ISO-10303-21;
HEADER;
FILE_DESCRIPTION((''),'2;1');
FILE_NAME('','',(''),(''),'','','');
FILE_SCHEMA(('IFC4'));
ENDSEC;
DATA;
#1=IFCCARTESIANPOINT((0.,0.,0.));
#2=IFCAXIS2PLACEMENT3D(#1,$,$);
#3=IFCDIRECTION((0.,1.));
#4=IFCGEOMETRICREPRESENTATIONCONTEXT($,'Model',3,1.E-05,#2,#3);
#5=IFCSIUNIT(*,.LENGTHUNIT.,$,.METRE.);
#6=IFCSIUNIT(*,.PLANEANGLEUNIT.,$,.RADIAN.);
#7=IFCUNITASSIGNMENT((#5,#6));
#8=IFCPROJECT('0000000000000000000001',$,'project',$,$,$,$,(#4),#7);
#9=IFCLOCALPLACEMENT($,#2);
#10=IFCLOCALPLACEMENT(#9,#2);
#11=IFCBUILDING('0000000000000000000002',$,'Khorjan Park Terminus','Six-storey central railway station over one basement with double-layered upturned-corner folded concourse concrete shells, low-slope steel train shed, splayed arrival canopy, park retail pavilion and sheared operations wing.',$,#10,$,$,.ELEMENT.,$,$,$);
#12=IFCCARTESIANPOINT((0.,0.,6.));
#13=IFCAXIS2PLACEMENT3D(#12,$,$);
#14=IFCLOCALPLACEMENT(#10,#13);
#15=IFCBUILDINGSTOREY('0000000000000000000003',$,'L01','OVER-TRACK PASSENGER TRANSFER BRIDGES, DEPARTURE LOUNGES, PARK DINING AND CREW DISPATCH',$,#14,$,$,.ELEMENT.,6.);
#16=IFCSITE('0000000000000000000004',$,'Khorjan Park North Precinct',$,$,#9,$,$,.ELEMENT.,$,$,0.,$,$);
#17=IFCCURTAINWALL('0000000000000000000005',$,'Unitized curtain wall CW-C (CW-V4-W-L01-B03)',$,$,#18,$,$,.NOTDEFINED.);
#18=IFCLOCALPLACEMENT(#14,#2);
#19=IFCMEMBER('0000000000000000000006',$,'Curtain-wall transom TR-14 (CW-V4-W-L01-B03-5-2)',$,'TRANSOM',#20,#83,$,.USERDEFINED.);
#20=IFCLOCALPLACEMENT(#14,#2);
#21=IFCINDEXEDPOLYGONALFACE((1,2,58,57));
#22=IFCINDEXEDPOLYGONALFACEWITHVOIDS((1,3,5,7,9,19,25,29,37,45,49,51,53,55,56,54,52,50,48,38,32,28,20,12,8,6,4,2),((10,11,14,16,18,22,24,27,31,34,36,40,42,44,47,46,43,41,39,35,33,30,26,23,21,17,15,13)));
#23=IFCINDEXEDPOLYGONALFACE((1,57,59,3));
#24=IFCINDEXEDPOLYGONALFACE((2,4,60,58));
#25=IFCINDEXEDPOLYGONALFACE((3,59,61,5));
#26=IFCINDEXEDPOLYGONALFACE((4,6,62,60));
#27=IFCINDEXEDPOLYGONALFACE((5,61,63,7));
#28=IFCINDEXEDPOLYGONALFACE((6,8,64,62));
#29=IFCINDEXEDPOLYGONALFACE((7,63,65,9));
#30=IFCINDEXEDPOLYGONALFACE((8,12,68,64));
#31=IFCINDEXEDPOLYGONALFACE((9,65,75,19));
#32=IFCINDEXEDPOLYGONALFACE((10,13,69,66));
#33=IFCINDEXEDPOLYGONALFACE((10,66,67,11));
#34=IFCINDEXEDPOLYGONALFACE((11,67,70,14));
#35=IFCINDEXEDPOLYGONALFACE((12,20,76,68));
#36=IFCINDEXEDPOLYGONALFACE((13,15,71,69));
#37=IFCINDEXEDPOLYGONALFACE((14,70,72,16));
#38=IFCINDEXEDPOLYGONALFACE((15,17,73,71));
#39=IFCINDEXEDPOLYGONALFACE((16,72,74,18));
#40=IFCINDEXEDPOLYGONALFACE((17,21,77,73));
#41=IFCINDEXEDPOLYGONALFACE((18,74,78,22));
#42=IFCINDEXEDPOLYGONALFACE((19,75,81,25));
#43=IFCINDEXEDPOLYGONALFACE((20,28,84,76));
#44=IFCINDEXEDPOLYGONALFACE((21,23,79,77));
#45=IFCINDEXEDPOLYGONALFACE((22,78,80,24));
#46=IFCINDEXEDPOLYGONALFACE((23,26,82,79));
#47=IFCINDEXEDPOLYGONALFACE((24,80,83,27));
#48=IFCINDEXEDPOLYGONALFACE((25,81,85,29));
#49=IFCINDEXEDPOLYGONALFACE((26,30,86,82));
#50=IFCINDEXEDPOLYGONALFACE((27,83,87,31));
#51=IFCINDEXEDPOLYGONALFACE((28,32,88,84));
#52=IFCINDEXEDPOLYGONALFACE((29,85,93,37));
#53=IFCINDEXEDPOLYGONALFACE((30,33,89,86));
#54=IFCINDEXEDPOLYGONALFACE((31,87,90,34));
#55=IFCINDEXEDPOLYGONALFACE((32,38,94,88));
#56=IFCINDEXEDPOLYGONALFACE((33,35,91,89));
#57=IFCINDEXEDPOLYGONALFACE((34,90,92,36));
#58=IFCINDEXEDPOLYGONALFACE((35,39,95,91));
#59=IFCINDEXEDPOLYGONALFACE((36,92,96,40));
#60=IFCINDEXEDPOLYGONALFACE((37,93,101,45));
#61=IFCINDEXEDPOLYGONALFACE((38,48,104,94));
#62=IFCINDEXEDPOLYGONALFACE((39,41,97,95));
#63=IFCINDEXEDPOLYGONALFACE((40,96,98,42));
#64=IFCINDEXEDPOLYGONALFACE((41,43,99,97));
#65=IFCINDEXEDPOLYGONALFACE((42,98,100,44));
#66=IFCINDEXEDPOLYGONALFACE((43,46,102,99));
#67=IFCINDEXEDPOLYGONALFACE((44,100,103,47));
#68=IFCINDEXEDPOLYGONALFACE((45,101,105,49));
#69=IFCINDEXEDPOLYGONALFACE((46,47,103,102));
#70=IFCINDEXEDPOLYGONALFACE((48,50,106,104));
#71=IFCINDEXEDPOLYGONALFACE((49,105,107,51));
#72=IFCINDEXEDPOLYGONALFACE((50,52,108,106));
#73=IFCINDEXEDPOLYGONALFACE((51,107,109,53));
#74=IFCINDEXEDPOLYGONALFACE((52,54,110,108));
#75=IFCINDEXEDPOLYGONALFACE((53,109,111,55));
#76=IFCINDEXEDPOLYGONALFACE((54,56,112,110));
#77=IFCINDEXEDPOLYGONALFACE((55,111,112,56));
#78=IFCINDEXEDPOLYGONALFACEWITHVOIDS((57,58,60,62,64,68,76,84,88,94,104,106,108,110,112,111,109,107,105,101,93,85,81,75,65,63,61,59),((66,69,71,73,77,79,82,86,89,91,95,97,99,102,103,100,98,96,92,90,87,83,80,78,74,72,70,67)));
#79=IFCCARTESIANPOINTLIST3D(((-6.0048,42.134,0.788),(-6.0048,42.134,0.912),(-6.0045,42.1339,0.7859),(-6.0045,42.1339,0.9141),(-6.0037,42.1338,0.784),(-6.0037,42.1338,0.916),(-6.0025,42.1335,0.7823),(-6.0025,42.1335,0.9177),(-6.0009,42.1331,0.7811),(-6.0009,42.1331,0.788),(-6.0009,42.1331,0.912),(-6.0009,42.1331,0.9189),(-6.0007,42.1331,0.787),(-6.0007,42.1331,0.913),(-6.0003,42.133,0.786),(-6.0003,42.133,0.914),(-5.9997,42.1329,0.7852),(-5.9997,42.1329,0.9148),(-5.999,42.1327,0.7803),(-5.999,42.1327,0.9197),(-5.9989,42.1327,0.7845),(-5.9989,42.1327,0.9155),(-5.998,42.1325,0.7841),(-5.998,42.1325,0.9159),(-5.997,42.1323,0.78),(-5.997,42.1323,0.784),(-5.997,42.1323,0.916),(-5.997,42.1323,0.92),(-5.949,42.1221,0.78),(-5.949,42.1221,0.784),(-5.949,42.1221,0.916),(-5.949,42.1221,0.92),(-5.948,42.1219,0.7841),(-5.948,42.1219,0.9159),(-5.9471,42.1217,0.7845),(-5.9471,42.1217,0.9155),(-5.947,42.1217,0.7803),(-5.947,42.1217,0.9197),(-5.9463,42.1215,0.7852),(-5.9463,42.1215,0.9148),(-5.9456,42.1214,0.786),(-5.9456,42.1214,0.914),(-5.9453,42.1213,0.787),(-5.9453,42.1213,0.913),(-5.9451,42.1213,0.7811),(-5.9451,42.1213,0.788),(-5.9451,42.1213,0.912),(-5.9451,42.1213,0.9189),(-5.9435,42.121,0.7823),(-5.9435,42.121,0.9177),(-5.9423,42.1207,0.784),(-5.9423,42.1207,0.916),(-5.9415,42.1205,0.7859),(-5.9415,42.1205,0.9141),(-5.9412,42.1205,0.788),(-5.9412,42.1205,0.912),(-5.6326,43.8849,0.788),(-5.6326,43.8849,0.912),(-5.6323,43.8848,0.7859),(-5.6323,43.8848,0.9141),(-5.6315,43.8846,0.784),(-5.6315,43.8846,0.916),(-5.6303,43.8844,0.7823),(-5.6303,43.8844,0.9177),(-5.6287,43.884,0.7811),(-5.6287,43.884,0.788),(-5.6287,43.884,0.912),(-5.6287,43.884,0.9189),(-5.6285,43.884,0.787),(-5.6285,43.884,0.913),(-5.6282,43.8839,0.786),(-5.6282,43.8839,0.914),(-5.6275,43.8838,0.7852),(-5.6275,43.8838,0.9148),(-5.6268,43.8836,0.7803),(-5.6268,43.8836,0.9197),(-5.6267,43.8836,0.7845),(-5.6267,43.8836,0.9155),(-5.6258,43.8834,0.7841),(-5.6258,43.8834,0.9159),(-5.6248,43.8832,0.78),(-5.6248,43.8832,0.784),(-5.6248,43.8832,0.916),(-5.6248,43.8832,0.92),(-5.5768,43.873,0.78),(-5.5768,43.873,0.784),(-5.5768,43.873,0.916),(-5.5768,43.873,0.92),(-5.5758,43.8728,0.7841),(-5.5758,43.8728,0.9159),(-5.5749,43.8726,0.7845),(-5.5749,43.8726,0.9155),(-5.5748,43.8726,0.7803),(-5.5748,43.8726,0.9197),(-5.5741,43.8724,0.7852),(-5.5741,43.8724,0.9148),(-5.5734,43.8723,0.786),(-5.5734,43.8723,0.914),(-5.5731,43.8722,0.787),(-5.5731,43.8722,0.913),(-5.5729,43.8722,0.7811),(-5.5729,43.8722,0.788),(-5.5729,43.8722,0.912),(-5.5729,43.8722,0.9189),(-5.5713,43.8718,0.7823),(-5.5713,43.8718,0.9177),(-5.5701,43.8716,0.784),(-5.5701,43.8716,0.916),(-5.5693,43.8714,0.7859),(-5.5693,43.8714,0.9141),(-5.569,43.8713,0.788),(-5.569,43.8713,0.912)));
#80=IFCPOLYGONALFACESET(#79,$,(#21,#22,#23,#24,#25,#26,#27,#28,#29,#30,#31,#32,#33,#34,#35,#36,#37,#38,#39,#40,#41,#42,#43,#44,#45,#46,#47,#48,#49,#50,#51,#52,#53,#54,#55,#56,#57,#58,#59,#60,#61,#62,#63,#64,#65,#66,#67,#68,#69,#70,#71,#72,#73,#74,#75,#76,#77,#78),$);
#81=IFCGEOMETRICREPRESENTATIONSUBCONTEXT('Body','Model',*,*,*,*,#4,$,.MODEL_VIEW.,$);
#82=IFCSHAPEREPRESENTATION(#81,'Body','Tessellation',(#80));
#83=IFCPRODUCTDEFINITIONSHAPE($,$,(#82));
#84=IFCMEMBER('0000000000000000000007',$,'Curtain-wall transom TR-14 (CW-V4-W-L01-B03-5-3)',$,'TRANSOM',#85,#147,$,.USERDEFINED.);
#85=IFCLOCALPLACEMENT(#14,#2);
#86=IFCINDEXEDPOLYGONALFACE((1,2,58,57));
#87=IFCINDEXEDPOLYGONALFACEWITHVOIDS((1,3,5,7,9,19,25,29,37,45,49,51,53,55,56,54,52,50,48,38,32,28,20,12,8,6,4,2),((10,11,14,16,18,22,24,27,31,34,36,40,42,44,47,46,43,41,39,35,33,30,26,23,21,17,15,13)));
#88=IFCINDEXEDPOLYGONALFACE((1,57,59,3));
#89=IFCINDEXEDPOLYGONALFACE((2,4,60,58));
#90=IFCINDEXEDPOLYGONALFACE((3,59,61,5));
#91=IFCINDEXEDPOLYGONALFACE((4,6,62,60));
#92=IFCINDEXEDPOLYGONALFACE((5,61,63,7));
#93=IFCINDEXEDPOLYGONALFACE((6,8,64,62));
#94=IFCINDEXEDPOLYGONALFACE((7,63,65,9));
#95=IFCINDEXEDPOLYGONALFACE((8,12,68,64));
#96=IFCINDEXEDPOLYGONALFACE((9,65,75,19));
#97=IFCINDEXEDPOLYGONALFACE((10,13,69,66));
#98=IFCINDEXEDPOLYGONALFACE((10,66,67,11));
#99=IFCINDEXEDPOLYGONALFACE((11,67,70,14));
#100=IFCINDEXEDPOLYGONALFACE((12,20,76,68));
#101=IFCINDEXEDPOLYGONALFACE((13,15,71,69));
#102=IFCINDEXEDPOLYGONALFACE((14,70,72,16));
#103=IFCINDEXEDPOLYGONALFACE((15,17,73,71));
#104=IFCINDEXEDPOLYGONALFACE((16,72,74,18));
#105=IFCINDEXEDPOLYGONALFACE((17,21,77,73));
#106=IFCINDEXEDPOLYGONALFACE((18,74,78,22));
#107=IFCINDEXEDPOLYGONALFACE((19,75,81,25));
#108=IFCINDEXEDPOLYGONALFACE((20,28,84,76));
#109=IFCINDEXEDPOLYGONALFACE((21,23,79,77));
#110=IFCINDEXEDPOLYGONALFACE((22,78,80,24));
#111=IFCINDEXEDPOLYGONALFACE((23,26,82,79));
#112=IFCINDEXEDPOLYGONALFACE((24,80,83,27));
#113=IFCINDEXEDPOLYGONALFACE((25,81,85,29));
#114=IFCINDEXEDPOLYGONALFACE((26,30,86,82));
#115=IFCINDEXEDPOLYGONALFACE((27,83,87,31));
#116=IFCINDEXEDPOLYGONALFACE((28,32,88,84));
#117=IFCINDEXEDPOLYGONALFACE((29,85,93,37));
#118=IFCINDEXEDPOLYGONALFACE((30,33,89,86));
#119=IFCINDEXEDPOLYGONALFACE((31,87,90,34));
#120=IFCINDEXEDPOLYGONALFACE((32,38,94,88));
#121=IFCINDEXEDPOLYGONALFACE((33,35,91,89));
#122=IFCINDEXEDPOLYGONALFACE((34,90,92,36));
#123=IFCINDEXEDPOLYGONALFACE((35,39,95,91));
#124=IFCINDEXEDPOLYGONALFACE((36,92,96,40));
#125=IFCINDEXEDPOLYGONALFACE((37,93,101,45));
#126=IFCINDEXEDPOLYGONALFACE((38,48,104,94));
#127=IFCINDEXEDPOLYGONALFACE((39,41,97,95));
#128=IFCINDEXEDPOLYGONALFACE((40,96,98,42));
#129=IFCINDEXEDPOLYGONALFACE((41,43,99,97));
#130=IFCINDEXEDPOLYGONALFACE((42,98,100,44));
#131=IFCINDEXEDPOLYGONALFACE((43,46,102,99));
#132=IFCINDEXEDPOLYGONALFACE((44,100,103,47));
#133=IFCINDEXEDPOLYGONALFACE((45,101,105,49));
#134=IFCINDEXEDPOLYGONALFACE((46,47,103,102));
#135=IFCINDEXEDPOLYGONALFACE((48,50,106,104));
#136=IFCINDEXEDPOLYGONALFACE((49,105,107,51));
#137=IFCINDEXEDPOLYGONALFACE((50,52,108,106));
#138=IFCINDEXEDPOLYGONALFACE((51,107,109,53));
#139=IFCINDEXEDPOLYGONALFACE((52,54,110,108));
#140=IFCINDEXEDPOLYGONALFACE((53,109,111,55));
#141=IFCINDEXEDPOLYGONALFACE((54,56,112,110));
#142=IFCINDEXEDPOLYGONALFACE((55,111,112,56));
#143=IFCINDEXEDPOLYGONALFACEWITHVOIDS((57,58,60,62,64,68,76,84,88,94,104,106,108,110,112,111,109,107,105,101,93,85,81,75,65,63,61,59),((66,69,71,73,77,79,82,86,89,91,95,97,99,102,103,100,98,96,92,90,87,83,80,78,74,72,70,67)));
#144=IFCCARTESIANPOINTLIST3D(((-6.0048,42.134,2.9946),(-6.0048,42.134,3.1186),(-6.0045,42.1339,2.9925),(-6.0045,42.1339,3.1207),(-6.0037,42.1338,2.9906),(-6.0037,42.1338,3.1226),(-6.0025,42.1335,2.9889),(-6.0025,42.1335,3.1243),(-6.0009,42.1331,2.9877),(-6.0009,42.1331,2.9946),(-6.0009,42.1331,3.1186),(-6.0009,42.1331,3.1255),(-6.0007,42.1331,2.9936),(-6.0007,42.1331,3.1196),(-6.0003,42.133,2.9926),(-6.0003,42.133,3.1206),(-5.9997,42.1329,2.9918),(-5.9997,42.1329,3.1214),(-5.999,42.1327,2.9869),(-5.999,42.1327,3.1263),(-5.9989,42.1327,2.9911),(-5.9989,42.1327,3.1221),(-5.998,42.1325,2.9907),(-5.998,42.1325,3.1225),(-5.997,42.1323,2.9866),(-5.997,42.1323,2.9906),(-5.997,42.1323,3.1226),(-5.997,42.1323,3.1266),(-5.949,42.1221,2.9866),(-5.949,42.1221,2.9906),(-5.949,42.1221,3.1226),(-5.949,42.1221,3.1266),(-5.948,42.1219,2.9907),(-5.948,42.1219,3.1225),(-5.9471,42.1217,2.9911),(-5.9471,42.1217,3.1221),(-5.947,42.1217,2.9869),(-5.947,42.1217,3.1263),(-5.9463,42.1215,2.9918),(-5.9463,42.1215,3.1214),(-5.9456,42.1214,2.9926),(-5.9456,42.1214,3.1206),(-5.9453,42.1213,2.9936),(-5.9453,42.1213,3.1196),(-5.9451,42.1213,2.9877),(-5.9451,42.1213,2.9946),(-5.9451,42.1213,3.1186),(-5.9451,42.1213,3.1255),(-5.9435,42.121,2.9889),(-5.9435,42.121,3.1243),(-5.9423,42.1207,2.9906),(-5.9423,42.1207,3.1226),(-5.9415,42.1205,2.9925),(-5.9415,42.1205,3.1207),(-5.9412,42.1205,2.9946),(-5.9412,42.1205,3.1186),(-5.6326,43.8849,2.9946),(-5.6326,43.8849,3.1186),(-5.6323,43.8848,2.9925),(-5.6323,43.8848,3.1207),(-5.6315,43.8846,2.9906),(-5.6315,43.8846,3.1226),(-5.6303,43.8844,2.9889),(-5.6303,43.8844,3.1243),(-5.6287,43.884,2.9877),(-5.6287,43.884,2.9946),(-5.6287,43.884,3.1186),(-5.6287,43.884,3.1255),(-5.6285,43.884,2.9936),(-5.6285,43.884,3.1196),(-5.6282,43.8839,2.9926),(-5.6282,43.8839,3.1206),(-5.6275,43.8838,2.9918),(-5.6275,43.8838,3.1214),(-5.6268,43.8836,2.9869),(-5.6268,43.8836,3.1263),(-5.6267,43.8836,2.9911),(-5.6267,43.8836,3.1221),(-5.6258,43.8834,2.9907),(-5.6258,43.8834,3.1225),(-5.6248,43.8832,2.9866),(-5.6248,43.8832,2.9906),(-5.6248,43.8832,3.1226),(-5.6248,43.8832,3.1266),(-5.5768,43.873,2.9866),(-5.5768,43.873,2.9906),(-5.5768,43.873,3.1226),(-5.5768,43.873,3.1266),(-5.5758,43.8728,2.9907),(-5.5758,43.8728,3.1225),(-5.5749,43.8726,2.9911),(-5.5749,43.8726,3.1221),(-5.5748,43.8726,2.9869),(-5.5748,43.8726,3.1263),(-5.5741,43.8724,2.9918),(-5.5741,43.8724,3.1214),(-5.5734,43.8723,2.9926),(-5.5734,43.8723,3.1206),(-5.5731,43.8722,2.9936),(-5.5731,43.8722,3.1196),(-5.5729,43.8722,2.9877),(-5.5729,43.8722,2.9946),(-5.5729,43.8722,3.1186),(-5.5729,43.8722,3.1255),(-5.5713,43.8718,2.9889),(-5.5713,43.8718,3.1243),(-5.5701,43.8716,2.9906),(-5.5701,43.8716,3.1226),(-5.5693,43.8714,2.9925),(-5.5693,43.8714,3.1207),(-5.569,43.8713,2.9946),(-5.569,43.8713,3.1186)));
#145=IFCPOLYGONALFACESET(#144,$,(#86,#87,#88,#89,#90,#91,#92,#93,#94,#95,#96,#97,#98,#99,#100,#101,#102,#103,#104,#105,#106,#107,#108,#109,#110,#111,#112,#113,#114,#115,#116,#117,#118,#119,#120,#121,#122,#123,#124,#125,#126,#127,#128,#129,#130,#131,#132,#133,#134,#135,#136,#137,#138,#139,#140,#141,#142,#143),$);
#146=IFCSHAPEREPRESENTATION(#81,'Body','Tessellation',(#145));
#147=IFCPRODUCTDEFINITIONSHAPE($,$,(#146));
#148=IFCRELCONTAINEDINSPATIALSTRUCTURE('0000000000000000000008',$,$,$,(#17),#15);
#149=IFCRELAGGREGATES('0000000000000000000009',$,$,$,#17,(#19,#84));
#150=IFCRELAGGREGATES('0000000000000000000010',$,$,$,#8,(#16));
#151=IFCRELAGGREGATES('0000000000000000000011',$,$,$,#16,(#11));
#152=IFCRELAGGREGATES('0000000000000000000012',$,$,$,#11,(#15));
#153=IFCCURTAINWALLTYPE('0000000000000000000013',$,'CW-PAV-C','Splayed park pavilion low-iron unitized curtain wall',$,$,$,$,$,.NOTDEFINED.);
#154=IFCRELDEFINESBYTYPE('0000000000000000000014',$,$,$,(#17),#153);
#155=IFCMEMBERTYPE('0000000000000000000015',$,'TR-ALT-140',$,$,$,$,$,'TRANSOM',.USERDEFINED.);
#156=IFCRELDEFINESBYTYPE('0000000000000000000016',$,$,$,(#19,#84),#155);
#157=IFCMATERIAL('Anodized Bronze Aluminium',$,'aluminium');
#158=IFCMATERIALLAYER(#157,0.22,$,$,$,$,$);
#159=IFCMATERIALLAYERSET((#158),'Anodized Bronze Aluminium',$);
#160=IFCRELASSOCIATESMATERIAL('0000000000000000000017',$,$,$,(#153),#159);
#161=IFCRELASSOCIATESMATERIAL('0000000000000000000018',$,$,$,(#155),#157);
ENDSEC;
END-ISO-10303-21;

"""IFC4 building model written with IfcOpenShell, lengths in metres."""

from ifc_helpers import new_model, si_unit, direction, frame, origin, origin_2d, place, context, subcontext, project, spatial, hollow_rectangle, extrude, material, layer, layer_set, material_profile, profile_set, type_object, element, aggregate, save


model = new_model("IFC4")

# Units and contexts
model_context = context("Model", 3, precision=1e-05, world=origin(), true_north=direction((0.0, 1.0)))
body_context = subcontext(model_context, "Body", "Model", "MODEL_VIEW")
ifc_project = project(units=[si_unit("LENGTHUNIT", "METRE"), si_unit("PLANEANGLEUNIT", "RADIAN")], contexts=[model_context])

# Site, building, storey
site_placement = place(None, origin())
site = spatial("IfcSite", under=ifc_project, at=site_placement, Name="Khorjan Park North Precinct", CompositionType="ELEMENT", RefElevation=0.0)
building_placement = place(site_placement, origin())
building = spatial("IfcBuilding", under=site, at=building_placement, Name="Khorjan Park Terminus", Description="Six-storey central railway station over one basement with double-layered upturned-corner folded concourse concrete shells, low-slope steel train shed, splayed arrival canopy, park retail pavilion and sheared operations wing.", CompositionType="ELEMENT")
storey_placement = place(building_placement, frame((0.0, 0.0, 6.0)))
storey = spatial("IfcBuildingStorey", under=building, at=storey_placement, Name="L01", Description="OVER-TRACK PASSENGER TRANSFER BRIDGES, DEPARTURE LOUNGES, PARK DINING AND CREW DISPATCH", CompositionType="ELEMENT", Elevation=6.0)

# Curtain wall, members
ifc_material_1 = material(Name="Anodized Bronze Aluminium", Category="aluminium")
ifc_layer_1 = layer(ifc_material_1, 0.22)
ifc_layer_set_1 = layer_set([ifc_layer_1], Name="Anodized Bronze Aluminium")
curtain_wall_type = type_object("IfcCurtainWallType", Name="CW-PAV-C", Description="Splayed park pavilion low-iron unitized curtain wall", PredefinedType="NOTDEFINED", material=ifc_layer_set_1)
curtain_wall_placement = place(storey_placement, origin())
curtain_wall = element("IfcCurtainWall", 1, at=curtain_wall_placement, inside=storey, type_object=curtain_wall_type, Name="Unitized curtain wall CW-C (CW-V4-W-L01-B03)", PredefinedType="NOTDEFINED")
ifc_material_profile_1 = material_profile(ifc_material_1, hollow_rectangle(XDim=0.065, YDim=0.14, WallThickness=0.004, InnerFilletRadius=0.004, OuterFilletRadius=0.008, at=origin_2d()), Name="ALT 65x140x4")
ifc_profile_set_1 = profile_set([ifc_material_profile_1], Name="Anodized Bronze Aluminium")
member_type_1 = type_object("IfcMemberType", Name="TR-ALT-140", ElementType="TRANSOM", PredefinedType="USERDEFINED", material=ifc_profile_set_1)
member_1_placement = place(storey_placement, frame((-5.6008, 43.8781, 0.85), z_axis=(-0.20793, -0.978144, 0.0), x_axis=(0.978144, -0.20793, 0.0)))
member_1 = element("IfcMember", 2, at=member_1_placement, type_object=member_type_1, Name="Curtain-wall transom TR-14 (CW-V4-W-L01-B03-5-2)", ObjectType="TRANSOM", PredefinedType="USERDEFINED", context=body_context, shape_type="SweptSolid", body=[
    extrude(hollow_rectangle(XDim=0.065, YDim=0.14, WallThickness=0.004, InnerFilletRadius=0.004, OuterFilletRadius=0.008, at=origin_2d()), origin(), (0.0, 0.0, 1.0), 1.79),
])
member_2_placement = place(storey_placement, frame((-5.6008, 43.8781, 3.0566), z_axis=(-0.20793, -0.978144, 0.0), x_axis=(0.978144, -0.20793, 0.0)))
member_2 = element("IfcMember", 3, at=member_2_placement, type_object=member_type_1, Name="Curtain-wall transom TR-14 (CW-V4-W-L01-B03-5-3)", ObjectType="TRANSOM", PredefinedType="USERDEFINED", context=body_context, shape_type="SweptSolid", body=[
    extrude(hollow_rectangle(XDim=0.065, YDim=0.14, WallThickness=0.004, InnerFilletRadius=0.004, OuterFilletRadius=0.008, at=origin_2d()), origin(), (0.0, 0.0, 1.0), 1.79),
])
aggregate(curtain_wall, [member_1, member_2])

save(model, "model.ifc")
